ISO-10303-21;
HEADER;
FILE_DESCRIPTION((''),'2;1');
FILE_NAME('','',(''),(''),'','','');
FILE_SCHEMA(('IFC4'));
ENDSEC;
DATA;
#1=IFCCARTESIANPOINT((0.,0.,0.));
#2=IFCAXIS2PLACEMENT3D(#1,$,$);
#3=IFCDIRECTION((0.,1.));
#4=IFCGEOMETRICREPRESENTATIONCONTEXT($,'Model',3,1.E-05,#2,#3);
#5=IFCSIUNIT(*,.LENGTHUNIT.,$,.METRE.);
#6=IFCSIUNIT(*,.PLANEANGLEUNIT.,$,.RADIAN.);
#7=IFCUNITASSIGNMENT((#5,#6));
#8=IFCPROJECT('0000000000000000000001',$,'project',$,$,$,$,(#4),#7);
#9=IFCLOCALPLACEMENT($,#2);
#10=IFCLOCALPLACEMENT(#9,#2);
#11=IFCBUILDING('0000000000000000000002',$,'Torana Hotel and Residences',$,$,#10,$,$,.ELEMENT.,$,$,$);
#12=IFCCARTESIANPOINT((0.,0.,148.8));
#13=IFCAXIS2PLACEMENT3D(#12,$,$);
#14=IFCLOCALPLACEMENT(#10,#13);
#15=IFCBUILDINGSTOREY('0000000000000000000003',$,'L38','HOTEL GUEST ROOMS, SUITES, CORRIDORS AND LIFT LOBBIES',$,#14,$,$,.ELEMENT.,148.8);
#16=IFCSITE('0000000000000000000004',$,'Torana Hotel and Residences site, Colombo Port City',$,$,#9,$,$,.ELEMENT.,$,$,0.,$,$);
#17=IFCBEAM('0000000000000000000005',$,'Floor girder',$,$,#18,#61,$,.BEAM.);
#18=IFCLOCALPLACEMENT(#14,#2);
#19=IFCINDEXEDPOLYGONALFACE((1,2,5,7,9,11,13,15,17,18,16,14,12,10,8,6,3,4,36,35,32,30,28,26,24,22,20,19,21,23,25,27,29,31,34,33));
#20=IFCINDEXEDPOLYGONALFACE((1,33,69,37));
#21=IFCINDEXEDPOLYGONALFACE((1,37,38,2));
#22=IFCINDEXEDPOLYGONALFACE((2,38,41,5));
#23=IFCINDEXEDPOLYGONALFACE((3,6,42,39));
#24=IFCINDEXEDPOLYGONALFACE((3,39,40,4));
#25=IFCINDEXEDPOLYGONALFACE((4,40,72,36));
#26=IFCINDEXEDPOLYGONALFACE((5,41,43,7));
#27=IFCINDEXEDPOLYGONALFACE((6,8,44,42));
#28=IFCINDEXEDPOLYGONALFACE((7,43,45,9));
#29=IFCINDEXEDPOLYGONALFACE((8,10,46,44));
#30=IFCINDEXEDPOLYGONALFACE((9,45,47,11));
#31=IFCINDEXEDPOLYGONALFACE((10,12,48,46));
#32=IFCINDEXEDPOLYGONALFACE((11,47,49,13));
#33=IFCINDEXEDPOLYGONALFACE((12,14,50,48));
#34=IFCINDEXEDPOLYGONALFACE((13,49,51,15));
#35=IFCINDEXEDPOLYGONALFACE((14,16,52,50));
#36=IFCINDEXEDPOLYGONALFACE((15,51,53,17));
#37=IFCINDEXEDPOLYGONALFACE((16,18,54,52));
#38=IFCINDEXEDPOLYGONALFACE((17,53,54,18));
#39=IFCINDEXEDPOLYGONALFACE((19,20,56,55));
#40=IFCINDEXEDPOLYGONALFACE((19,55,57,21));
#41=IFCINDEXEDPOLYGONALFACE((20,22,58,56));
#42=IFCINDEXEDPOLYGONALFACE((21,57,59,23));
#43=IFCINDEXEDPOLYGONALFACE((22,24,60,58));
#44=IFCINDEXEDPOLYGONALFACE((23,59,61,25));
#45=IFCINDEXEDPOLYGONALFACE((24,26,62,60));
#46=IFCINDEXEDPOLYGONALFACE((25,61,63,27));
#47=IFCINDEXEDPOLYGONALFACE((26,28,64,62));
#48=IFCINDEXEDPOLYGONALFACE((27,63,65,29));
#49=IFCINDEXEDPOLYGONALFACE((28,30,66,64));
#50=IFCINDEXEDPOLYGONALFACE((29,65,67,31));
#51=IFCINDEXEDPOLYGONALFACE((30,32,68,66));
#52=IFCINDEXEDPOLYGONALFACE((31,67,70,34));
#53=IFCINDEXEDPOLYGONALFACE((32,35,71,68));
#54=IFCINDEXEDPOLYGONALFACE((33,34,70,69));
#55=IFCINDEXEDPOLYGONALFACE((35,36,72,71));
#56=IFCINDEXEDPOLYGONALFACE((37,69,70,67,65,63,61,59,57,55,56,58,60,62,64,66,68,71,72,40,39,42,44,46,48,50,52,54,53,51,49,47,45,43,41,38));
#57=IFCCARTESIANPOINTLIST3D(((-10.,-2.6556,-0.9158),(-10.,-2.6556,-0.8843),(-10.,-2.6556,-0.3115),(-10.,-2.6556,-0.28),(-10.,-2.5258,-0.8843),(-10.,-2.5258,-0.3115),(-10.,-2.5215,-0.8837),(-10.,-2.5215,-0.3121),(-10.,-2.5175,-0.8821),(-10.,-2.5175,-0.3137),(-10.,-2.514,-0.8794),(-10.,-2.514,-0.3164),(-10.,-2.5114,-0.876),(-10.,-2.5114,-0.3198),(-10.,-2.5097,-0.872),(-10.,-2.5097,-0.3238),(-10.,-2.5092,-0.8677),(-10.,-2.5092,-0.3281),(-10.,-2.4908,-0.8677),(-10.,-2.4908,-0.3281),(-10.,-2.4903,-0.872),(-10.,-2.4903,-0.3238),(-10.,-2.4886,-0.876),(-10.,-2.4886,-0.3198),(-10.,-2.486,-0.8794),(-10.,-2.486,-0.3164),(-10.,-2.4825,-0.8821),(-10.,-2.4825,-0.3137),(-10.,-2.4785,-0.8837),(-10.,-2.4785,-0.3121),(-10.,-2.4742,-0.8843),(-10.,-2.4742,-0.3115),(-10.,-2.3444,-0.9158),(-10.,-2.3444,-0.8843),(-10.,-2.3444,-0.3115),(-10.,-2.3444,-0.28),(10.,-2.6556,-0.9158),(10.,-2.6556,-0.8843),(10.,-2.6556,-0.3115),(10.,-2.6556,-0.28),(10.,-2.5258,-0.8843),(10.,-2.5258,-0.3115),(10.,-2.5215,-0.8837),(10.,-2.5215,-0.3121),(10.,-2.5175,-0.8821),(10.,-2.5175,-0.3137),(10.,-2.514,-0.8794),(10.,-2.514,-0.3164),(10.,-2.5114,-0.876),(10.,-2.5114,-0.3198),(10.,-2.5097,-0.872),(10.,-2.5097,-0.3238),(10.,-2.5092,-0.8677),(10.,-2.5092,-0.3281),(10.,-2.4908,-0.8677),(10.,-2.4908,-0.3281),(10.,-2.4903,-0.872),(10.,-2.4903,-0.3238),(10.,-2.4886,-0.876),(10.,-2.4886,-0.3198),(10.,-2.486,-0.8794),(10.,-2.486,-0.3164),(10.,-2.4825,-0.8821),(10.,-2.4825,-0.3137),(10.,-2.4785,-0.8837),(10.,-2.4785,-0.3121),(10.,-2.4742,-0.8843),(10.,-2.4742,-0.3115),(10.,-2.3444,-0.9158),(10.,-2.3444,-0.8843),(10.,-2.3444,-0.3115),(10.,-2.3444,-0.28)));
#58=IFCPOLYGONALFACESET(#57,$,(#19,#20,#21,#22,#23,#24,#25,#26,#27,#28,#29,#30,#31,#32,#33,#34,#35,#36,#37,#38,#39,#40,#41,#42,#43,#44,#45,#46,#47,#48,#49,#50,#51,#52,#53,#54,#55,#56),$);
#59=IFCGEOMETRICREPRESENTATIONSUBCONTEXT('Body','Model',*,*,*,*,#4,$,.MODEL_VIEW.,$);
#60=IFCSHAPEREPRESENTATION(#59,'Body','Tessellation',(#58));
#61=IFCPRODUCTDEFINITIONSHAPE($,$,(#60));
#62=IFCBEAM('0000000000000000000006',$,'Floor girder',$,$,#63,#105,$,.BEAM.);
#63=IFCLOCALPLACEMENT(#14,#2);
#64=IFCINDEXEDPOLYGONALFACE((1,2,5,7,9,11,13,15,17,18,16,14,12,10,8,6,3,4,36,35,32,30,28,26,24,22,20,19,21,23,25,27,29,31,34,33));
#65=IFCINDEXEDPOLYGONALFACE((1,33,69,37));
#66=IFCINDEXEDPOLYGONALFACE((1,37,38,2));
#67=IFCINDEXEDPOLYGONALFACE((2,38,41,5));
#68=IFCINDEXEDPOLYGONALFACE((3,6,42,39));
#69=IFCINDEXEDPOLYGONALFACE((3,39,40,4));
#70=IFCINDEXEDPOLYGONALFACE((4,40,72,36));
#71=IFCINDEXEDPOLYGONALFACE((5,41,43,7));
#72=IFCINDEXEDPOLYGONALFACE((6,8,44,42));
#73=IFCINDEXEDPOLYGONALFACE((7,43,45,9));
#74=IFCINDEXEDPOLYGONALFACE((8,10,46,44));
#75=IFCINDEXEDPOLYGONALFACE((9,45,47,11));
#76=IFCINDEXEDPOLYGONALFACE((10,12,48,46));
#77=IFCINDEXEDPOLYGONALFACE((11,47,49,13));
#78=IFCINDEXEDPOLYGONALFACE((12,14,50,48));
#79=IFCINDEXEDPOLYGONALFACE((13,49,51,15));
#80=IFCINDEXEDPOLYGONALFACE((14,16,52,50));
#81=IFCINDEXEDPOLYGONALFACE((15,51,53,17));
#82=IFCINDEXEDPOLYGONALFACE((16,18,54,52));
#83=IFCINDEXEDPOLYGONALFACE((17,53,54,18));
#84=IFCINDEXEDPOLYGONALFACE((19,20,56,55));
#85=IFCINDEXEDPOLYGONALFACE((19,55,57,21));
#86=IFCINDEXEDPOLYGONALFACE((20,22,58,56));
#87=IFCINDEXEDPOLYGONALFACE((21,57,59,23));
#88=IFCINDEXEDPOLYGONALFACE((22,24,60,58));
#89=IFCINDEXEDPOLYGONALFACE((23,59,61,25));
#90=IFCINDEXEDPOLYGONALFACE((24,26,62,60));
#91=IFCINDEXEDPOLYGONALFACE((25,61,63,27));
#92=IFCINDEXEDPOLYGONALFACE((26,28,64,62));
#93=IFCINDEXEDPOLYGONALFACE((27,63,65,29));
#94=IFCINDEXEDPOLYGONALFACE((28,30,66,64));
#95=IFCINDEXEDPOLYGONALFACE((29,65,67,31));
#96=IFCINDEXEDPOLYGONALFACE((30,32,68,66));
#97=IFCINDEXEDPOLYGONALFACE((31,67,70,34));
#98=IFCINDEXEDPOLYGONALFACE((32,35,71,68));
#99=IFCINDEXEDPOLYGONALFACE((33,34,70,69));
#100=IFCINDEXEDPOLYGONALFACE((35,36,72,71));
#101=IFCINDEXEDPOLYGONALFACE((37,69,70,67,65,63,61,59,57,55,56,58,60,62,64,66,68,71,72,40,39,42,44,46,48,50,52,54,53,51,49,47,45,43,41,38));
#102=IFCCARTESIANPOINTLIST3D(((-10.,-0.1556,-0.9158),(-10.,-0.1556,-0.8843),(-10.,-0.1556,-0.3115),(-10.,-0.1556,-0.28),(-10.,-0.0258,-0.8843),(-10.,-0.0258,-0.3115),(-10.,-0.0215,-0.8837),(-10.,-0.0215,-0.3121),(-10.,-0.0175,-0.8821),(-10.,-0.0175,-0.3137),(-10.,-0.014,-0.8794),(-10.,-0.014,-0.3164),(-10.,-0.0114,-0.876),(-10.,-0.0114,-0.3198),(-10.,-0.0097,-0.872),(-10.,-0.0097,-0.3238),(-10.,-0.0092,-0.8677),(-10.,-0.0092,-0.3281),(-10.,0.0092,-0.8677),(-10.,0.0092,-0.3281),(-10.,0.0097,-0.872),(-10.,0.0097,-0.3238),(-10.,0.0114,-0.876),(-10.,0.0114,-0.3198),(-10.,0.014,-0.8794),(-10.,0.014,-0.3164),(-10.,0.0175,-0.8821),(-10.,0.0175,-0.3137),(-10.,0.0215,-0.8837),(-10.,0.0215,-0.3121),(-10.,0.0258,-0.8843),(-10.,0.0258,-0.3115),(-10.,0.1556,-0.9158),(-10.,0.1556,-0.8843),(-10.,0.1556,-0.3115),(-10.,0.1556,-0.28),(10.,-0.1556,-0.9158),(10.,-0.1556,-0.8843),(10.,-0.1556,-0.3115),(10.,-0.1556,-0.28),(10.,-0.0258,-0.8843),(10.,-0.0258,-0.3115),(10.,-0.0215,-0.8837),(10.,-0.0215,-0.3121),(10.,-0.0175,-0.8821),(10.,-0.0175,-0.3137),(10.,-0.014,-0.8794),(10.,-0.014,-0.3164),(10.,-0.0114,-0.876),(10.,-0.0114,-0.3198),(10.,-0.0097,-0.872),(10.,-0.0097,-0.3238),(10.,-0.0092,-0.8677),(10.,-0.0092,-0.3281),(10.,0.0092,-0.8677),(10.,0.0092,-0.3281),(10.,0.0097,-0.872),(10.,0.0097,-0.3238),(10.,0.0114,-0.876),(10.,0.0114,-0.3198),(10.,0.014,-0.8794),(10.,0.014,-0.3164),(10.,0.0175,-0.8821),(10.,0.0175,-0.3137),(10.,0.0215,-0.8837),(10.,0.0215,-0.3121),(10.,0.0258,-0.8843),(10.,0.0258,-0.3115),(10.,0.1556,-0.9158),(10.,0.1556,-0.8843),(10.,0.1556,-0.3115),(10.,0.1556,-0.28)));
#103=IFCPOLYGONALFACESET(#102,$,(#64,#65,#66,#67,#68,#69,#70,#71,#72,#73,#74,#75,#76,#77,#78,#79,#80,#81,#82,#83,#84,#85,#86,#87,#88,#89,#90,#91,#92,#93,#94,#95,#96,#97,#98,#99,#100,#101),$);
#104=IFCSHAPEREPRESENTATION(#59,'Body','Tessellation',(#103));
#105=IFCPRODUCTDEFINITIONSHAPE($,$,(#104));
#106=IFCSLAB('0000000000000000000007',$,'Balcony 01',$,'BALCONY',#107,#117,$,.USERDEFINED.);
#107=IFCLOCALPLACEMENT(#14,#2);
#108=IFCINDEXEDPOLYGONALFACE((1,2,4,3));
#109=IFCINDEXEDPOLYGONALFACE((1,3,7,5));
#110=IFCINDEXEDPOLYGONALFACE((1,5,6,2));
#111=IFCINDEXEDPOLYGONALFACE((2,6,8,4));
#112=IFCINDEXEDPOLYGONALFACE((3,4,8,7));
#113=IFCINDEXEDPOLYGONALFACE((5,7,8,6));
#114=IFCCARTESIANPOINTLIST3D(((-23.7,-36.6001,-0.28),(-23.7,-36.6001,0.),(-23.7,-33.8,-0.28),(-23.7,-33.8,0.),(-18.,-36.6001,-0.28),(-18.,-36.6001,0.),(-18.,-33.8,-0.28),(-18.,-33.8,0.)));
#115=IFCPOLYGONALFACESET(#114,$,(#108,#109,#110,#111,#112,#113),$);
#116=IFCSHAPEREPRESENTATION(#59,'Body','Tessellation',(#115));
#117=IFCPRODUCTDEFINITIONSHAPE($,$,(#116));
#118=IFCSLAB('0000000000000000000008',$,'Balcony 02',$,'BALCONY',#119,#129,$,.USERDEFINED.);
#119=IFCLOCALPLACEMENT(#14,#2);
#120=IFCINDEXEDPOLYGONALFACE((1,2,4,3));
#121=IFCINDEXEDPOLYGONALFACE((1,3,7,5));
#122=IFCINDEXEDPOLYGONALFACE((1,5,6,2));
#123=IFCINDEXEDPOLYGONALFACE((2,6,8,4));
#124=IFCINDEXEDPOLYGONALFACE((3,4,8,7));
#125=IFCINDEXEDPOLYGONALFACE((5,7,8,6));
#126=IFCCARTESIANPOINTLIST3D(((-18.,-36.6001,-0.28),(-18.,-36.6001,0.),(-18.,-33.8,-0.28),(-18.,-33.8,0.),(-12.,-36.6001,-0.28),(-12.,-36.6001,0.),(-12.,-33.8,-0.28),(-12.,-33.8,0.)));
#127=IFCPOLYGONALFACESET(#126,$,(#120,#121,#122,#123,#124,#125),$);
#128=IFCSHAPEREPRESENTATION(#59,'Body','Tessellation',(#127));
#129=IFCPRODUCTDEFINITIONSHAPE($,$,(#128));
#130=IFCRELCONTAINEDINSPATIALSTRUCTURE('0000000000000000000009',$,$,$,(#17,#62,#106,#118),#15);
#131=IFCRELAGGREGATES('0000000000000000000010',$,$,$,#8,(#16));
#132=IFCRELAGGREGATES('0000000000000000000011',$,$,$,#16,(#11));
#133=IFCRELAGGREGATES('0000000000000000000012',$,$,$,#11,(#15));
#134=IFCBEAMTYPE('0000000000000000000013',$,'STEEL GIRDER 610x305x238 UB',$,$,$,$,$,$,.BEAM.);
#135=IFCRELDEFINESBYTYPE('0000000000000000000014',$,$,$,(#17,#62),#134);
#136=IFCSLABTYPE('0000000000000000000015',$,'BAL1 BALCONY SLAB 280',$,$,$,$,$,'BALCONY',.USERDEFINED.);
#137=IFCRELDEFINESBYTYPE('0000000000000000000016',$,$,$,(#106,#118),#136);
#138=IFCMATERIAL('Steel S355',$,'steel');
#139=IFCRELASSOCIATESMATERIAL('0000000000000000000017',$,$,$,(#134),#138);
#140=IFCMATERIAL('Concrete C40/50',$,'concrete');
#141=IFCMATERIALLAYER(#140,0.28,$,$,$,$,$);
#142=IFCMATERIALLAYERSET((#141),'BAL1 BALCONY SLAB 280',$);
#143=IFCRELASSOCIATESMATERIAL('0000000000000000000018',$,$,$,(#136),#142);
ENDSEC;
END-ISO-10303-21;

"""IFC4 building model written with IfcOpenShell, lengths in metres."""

from ifc_helpers import new_model, si_unit, direction, frame, origin, origin_2d, place, context, subcontext, project, spatial, polyline, i_section, outline, extrude, material, layer, layer_set, material_profile, profile_set, type_object, element, save


model = new_model("IFC4")

# Units and contexts
model_context = context("Model", 3, precision=1e-05, world=origin(), true_north=direction((0.0, 1.0)))
body_context = subcontext(model_context, "Body", "Model", "MODEL_VIEW")
ifc_project = project(units=[si_unit("LENGTHUNIT", "METRE"), si_unit("PLANEANGLEUNIT", "RADIAN")], contexts=[model_context])

# Site, building, storey
site_placement = place(None, origin())
site = spatial("IfcSite", under=ifc_project, at=site_placement, Name="Torana Hotel and Residences site, Colombo Port City", CompositionType="ELEMENT", RefElevation=0.0)
building_placement = place(site_placement, origin())
building = spatial("IfcBuilding", under=site, at=building_placement, Name="Torana Hotel and Residences", CompositionType="ELEMENT")
storey_placement = place(building_placement, frame((0.0, 0.0, 148.8)))
storey = spatial("IfcBuildingStorey", under=building, at=storey_placement, Name="L38", Description="HOTEL GUEST ROOMS, SUITES, CORRIDORS AND LIFT LOBBIES", CompositionType="ELEMENT", Elevation=148.8)

# Beams
ifc_material_1 = material(Name="Steel S355", Category="steel")
ifc_material_profile = material_profile(ifc_material_1, i_section(OverallWidth=0.3113, OverallDepth=0.6357, WebThickness=0.0183, FlangeThickness=0.0315, FilletRadius=0.0166, at=origin_2d()), Name="610x305x238 UB")
ifc_profile_set = profile_set([ifc_material_profile], Name="Steel S355")
beam_type = type_object("IfcBeamType", Name="STEEL GIRDER 610x305x238 UB", PredefinedType="BEAM", material=ifc_profile_set)
for number, where, z_axis, x_axis, name in (
    (1, (-10.0, -2.5, -0.5979), (1.0, 0.0, 0.0), (0.0, 1.0, 0.0), "Floor girder"),
    (2, (-10.0, 0.0, -0.5979), (1.0, 0.0, 0.0), (0.0, 1.0, 0.0), "Floor girder"),
):
    element("IfcBeam", number, at=place(storey_placement, frame(where, z_axis=z_axis, x_axis=x_axis)), inside=storey, type_object=beam_type, Name=name, PredefinedType="BEAM", context=body_context, shape_type="SweptSolid", body=[
        extrude(i_section(OverallWidth=0.3113, OverallDepth=0.6357, WebThickness=0.0183, FlangeThickness=0.0315, FilletRadius=0.0166, at=origin_2d()), origin(), (0.0, 0.0, 1.0), 20.0),
    ])

# Slabs
ifc_material_2 = material(Name="Concrete C40/50", Category="concrete")
ifc_layer_1 = layer(ifc_material_2, 0.28)
ifc_layer_set_1 = layer_set([ifc_layer_1], Name="BAL1 BALCONY SLAB 280")
slab_type_1 = type_object("IfcSlabType", Name="BAL1 BALCONY SLAB 280", ElementType="BALCONY", PredefinedType="USERDEFINED", material=ifc_layer_set_1)
slab_1_placement = place(storey_placement, frame((0.0, 0.0, -0.28)))
element("IfcSlab", 3, at=slab_1_placement, inside=storey, type_object=slab_type_1, Name="Balcony 01", ObjectType="BALCONY", PredefinedType="USERDEFINED", context=body_context, shape_type="SweptSolid", body=[
    extrude(outline(polyline([(-23.7, -36.6001), (-18.0, -36.6001), (-18.0, -33.8), (-23.7, -33.8), (-23.7, -36.6001)])), origin(), (0.0, 0.0, 1.0), 0.28),
])
slab_2_placement = place(storey_placement, frame((0.0, 0.0, -0.28)))
element("IfcSlab", 4, at=slab_2_placement, inside=storey, type_object=slab_type_1, Name="Balcony 02", ObjectType="BALCONY", PredefinedType="USERDEFINED", context=body_context, shape_type="SweptSolid", body=[
    extrude(outline(polyline([(-18.0, -36.6001), (-12.0, -36.6001), (-12.0, -33.8), (-18.0, -33.8), (-18.0, -36.6001)])), origin(), (0.0, 0.0, 1.0), 0.28),
])

save(model, "model.ifc")
